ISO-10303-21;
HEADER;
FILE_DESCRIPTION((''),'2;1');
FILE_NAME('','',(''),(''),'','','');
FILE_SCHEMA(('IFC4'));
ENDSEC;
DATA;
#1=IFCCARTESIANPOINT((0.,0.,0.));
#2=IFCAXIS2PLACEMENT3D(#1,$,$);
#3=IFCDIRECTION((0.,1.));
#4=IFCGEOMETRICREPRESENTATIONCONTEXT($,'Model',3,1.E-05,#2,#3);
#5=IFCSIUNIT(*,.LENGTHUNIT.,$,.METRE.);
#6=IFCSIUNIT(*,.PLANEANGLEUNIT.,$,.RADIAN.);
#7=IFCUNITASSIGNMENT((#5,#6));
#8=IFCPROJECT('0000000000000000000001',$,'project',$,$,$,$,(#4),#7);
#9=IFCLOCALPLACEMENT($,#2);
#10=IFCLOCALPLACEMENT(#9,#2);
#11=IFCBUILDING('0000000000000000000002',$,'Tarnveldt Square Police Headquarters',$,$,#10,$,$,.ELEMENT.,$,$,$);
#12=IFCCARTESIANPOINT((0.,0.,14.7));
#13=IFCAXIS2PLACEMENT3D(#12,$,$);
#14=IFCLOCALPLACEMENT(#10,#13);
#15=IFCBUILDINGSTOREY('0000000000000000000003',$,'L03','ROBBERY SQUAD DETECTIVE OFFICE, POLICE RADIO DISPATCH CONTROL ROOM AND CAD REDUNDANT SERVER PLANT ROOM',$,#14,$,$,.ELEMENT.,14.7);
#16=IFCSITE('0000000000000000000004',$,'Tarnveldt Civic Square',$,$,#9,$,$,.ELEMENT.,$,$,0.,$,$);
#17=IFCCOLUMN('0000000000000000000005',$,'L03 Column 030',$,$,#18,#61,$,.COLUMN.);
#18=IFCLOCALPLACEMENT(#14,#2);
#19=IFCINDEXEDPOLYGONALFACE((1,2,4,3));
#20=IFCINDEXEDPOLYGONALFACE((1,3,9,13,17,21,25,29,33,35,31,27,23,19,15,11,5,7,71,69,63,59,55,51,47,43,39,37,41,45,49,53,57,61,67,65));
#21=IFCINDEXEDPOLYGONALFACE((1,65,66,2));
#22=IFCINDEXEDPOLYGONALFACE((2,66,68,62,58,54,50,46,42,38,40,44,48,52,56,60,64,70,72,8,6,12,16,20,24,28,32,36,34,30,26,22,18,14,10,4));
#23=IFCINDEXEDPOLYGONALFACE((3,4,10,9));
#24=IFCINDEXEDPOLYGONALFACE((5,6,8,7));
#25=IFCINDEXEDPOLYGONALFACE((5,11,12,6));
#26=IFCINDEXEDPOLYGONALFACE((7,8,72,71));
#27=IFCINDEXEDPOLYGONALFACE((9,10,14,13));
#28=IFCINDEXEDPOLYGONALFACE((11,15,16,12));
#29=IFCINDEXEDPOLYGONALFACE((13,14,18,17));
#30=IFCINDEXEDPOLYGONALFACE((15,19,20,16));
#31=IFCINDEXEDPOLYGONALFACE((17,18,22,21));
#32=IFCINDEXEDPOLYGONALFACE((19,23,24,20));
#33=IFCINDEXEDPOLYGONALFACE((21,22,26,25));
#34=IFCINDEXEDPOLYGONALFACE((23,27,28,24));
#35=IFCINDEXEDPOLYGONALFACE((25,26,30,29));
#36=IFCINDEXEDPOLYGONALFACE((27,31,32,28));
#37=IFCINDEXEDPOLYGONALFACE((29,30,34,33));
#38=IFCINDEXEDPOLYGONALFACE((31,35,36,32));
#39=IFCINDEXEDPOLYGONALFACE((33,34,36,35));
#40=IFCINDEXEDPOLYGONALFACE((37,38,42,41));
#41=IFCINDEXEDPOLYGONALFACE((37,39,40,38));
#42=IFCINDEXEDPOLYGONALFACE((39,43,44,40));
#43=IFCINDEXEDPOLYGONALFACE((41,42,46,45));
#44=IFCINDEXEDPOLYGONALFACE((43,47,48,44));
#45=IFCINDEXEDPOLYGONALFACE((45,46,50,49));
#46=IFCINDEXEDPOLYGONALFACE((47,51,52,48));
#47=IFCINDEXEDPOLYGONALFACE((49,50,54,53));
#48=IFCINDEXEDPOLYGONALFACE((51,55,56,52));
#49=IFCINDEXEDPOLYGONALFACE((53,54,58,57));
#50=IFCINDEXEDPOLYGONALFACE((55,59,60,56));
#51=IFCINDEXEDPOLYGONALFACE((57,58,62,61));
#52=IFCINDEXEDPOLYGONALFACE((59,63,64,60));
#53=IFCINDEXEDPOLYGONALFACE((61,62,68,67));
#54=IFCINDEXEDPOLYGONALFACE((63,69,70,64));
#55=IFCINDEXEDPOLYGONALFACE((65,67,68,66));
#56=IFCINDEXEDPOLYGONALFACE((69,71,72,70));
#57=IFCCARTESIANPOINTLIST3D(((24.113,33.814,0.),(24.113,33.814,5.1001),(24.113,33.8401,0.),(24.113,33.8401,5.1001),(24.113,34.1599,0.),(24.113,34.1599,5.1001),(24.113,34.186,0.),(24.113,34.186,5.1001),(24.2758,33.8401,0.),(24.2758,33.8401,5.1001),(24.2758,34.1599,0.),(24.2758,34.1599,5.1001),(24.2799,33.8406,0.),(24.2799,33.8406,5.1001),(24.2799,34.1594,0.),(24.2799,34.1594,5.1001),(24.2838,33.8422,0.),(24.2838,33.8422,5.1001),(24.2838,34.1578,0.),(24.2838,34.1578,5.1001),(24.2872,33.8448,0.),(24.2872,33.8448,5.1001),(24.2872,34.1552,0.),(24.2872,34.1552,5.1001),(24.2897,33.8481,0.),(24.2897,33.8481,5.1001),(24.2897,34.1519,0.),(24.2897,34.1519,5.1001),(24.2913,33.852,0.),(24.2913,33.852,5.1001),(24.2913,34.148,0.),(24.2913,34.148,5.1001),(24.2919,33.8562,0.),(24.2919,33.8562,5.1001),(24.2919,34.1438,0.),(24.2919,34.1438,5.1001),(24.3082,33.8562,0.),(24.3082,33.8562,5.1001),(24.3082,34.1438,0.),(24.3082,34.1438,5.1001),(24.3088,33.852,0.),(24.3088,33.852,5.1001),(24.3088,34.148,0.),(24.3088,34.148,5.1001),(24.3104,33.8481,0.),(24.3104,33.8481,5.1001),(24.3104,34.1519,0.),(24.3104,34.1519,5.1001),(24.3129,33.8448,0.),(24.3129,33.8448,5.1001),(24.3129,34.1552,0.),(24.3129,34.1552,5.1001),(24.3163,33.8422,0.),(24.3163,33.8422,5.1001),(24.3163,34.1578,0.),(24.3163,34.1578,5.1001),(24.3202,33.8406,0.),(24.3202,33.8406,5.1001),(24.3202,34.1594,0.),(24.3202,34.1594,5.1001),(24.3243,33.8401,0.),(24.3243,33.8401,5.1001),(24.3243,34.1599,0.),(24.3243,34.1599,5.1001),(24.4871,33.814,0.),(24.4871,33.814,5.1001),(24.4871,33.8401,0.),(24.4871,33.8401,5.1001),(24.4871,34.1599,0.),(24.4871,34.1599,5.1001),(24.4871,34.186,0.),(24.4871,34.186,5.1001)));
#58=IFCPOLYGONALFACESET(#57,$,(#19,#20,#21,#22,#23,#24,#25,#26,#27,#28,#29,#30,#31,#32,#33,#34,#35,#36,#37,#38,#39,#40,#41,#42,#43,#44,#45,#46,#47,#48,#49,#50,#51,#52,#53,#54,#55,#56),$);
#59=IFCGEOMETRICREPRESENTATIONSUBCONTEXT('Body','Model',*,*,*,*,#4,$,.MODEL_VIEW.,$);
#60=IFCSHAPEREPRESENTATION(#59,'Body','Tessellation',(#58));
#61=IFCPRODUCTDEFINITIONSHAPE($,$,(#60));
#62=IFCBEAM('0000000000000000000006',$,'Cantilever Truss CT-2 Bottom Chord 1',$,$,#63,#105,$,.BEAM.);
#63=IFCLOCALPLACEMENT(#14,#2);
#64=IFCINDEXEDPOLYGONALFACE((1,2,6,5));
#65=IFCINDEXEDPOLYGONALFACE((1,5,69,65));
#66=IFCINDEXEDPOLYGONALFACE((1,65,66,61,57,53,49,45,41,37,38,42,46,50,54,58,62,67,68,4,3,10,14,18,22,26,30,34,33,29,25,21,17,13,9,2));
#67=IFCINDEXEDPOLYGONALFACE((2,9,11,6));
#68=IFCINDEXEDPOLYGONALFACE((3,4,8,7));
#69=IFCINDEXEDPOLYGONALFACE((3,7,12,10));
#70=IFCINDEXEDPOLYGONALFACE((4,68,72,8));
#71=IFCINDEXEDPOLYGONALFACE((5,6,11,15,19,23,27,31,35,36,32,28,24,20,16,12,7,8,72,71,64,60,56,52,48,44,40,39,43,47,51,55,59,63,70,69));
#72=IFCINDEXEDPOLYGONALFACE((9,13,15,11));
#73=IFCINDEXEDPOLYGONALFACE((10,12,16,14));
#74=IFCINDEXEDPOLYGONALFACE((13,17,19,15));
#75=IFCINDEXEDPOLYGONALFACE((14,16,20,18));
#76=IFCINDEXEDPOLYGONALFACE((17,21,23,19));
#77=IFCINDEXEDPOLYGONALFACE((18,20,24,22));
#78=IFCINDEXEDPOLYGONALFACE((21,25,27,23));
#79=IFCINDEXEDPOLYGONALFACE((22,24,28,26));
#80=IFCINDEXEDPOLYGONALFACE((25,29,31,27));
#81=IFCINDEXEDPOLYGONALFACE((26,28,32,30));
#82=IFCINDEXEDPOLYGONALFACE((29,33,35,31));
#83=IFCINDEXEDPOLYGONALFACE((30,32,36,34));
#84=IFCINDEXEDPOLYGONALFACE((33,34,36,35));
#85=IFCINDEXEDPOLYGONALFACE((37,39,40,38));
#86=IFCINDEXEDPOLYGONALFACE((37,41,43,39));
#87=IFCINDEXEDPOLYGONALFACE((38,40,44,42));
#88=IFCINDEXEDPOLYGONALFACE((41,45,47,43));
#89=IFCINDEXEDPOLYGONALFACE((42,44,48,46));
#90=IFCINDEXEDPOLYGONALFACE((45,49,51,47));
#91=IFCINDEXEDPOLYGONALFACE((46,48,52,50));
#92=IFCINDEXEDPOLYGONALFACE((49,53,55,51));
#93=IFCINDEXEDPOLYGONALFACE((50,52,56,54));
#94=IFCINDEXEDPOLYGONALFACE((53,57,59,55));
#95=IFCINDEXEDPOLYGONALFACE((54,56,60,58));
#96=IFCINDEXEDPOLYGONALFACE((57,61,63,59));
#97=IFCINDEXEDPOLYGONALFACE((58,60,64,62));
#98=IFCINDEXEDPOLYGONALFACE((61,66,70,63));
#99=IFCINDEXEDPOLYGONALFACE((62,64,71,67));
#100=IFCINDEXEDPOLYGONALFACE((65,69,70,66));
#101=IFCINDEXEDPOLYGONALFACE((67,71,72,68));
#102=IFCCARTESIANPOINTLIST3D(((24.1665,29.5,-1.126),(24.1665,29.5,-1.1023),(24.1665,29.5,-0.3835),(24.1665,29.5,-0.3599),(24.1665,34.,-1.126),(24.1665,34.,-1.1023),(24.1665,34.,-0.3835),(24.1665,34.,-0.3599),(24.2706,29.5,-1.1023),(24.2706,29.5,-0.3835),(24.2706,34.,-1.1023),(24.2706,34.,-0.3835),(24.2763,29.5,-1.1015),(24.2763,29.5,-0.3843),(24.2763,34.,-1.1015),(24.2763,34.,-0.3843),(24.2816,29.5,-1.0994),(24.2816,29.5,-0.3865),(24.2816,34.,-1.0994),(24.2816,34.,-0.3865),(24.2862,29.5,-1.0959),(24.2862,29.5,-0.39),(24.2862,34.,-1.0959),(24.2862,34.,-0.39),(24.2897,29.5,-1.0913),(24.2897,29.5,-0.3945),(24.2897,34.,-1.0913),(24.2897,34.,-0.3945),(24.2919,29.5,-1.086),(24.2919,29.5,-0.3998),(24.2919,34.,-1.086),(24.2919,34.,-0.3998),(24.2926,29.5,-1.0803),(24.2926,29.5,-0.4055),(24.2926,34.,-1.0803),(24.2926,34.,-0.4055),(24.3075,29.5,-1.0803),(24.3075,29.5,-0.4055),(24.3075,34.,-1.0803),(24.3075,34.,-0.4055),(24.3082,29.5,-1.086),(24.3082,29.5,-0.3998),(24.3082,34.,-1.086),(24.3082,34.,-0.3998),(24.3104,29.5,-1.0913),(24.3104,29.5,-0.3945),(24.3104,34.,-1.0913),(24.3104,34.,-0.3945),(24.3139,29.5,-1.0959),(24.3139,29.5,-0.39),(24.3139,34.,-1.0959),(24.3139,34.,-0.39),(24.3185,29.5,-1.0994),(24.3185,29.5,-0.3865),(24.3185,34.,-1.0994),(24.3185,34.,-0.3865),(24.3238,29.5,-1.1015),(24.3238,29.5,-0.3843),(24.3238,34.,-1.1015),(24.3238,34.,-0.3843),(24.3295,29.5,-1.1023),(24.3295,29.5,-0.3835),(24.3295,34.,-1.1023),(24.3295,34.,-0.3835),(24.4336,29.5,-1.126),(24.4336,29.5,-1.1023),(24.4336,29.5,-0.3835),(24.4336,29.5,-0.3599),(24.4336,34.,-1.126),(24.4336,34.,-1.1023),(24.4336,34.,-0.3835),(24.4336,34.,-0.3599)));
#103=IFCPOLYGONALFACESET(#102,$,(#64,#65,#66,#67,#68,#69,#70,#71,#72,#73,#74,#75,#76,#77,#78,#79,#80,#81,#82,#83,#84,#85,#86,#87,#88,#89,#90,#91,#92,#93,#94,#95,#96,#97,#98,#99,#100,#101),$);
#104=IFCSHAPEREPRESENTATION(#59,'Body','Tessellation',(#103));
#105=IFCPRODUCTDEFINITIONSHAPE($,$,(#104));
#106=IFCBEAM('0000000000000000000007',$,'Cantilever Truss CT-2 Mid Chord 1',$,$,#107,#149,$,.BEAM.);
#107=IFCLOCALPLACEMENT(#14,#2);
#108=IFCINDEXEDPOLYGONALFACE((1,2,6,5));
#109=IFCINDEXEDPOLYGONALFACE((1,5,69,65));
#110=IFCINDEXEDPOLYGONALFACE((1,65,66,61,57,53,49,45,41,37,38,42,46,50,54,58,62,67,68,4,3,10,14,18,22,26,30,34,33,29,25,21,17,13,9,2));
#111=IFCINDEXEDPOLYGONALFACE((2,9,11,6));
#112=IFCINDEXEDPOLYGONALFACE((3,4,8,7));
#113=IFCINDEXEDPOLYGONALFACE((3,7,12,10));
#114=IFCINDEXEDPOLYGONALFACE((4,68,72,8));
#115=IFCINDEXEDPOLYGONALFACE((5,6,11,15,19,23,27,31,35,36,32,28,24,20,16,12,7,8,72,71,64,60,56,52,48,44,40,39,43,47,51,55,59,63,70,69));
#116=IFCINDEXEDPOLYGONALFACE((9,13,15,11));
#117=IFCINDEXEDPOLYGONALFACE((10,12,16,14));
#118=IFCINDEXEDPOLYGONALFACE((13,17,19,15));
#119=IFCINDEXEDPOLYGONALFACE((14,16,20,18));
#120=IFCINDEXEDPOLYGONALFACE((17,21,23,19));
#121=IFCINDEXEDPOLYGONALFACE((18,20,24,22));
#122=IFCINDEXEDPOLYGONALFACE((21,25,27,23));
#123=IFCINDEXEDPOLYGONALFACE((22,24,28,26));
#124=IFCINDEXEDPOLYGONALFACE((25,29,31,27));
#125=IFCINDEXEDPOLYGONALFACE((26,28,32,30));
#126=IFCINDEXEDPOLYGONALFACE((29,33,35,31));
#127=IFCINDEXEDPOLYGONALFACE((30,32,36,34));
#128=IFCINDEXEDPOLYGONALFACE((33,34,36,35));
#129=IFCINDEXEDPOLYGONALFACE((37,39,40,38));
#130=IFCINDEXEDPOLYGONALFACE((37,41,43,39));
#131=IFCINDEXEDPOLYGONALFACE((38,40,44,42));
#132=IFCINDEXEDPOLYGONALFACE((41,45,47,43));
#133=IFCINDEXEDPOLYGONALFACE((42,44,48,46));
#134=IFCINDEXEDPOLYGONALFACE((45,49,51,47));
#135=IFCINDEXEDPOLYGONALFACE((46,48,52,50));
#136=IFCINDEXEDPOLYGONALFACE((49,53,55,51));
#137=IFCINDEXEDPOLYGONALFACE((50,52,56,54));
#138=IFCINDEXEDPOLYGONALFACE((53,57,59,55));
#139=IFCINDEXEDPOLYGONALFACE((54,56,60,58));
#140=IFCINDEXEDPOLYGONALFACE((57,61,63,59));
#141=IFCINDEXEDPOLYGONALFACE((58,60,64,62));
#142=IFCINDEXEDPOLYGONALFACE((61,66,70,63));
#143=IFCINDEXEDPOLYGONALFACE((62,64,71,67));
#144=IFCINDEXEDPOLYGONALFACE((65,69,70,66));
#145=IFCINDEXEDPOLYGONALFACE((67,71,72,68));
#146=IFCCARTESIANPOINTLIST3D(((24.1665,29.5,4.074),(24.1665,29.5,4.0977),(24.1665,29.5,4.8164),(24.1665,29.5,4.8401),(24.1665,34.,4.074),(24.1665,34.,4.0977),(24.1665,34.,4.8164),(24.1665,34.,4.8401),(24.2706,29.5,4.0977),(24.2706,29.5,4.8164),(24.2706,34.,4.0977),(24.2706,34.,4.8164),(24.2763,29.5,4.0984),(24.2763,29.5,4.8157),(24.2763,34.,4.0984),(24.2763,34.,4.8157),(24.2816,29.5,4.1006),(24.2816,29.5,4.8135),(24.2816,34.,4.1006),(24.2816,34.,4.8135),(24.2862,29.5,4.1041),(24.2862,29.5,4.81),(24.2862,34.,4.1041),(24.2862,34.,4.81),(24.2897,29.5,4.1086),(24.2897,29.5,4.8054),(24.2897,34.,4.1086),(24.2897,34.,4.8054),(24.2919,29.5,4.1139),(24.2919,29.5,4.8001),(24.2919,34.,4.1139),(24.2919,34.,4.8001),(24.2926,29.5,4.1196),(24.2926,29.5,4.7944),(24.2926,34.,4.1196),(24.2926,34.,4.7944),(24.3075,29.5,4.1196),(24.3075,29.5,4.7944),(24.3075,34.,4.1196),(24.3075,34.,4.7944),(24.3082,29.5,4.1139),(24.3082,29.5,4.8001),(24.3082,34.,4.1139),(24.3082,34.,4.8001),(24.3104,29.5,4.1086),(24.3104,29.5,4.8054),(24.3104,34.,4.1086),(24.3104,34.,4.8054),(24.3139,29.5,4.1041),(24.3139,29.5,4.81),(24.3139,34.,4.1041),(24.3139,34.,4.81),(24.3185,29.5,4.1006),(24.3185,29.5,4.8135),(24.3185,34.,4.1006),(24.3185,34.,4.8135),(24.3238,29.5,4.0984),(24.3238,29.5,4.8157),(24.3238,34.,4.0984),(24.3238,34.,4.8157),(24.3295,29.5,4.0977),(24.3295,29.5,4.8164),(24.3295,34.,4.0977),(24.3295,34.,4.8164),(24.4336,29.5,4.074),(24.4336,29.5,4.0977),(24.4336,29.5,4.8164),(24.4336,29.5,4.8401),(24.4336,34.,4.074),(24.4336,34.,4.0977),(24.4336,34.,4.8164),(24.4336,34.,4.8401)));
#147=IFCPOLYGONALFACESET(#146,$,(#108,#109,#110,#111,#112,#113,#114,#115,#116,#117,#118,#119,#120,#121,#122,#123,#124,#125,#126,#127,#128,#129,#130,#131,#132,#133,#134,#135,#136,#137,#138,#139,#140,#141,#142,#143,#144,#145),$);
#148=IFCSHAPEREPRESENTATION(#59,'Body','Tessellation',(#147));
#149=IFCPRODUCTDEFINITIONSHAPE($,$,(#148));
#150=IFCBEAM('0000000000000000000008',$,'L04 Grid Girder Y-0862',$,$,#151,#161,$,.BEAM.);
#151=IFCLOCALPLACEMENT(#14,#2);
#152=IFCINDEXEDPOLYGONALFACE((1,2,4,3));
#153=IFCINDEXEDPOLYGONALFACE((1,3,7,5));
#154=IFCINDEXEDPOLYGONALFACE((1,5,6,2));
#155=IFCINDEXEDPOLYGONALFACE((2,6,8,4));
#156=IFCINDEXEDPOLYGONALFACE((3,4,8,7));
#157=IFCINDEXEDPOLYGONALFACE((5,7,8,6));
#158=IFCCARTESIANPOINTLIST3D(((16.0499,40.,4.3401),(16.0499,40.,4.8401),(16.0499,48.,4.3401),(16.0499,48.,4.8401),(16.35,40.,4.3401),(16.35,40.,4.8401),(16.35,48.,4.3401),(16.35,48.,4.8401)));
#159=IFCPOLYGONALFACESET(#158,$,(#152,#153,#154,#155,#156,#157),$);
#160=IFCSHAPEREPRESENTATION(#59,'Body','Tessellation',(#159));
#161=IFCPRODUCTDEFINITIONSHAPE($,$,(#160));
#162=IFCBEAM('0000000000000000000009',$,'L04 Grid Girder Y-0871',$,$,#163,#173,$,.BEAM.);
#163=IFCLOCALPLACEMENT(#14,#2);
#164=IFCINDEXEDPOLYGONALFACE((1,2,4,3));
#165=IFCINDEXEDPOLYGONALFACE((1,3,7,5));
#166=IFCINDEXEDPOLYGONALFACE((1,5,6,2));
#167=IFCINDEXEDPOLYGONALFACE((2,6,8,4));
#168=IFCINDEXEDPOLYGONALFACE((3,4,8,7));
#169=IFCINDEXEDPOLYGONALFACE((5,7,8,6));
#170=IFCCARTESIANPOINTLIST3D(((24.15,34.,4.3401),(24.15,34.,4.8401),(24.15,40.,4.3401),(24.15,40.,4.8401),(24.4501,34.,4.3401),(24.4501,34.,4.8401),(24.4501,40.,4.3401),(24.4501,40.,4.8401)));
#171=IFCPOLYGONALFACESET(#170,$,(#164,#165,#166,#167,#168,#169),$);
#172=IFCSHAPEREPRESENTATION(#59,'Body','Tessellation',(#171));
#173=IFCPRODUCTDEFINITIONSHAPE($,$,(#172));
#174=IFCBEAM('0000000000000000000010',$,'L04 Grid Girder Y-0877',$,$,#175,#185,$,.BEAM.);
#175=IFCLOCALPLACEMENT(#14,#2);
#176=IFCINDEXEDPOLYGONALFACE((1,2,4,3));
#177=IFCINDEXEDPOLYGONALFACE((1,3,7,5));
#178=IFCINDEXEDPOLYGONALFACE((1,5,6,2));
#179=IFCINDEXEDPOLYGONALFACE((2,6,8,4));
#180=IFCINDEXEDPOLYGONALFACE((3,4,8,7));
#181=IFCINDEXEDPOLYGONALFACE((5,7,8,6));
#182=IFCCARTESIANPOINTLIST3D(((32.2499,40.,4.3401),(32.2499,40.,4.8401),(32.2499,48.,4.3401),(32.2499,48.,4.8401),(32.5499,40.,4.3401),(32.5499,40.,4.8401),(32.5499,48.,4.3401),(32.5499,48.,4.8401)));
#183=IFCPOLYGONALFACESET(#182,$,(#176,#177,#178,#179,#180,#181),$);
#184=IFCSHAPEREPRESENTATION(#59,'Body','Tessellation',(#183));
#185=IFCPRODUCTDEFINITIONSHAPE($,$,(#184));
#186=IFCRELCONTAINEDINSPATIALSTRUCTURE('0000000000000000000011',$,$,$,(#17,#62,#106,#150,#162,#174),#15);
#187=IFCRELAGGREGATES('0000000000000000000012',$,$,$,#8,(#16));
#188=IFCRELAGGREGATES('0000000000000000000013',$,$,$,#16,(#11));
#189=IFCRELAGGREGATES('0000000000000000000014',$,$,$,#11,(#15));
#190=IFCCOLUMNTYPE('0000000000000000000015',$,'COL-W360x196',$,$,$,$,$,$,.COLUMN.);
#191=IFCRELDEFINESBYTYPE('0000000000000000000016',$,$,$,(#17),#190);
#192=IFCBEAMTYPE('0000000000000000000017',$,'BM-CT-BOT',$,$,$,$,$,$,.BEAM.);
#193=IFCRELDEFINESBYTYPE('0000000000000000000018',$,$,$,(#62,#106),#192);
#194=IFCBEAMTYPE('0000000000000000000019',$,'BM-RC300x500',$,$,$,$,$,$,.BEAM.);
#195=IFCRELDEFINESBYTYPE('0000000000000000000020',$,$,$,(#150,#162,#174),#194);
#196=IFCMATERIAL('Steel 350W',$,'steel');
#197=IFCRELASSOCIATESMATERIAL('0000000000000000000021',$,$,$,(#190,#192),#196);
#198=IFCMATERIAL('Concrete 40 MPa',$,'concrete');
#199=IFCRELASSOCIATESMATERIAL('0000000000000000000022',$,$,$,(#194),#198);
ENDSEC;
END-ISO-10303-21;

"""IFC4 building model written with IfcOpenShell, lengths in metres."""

from ifc_helpers import new_model, si_unit, direction, frame, origin, origin_2d, place, context, subcontext, project, spatial, rectangle, i_section, extrude, material, material_profile, profile_set, type_object, element, save


model = new_model("IFC4")

# Units and contexts
model_context = context("Model", 3, precision=1e-05, world=origin(), true_north=direction((0.0, 1.0)))
body_context = subcontext(model_context, "Body", "Model", "MODEL_VIEW")
ifc_project = project(units=[si_unit("LENGTHUNIT", "METRE"), si_unit("PLANEANGLEUNIT", "RADIAN")], contexts=[model_context])

# Site, building, storey
site_placement = place(None, origin())
site = spatial("IfcSite", under=ifc_project, at=site_placement, Name="Tarnveldt Civic Square", CompositionType="ELEMENT", RefElevation=0.0)
building_placement = place(site_placement, origin())
building = spatial("IfcBuilding", under=site, at=building_placement, Name="Tarnveldt Square Police Headquarters", CompositionType="ELEMENT")
storey_placement = place(building_placement, frame((0.0, 0.0, 14.7)))
storey = spatial("IfcBuildingStorey", under=building, at=storey_placement, Name="L03", Description="ROBBERY SQUAD DETECTIVE OFFICE, POLICE RADIO DISPATCH CONTROL ROOM AND CAD REDUNDANT SERVER PLANT ROOM", CompositionType="ELEMENT", Elevation=14.7)

# Column
ifc_material_1 = material(Name="Concrete 40 MPa", Category="concrete")
ifc_material_2 = material(Name="Steel 350W", Category="steel")
ifc_material_profile_1 = material_profile(ifc_material_2, i_section(OverallWidth=0.374, OverallDepth=0.3721, WebThickness=0.0164, FlangeThickness=0.0261, FilletRadius=0.0161, at=origin_2d()), Name="W360x196")
ifc_profile_set_1 = profile_set([ifc_material_profile_1], Name="Steel 350W")
column_type_1 = type_object("IfcColumnType", Name="COL-W360x196", PredefinedType="COLUMN", material=ifc_profile_set_1)
column_1_placement = place(storey_placement, frame((24.3, 34.0, 0.0), z_axis=(0.0, 0.0, 1.0), x_axis=(1.0, 0.0, 0.0)))
element("IfcColumn", 1, at=column_1_placement, inside=storey, type_object=column_type_1, Name="L03 Column 030", PredefinedType="COLUMN", context=body_context, shape_type="SweptSolid", body=[
    extrude(i_section(OverallWidth=0.374, OverallDepth=0.3721, WebThickness=0.0164, FlangeThickness=0.0261, FilletRadius=0.0161, at=origin_2d()), origin(), (0.0, 0.0, 1.0), 5.1001),
])

# Beams
ifc_material_profile_2 = material_profile(ifc_material_2, i_section(OverallWidth=0.2671, OverallDepth=0.7661, WebThickness=0.0149, FlangeThickness=0.0237, FilletRadius=0.022, at=origin_2d()), Name="W760x185")
ifc_profile_set_2 = profile_set([ifc_material_profile_2], Name="Steel 350W")
beam_type_1 = type_object("IfcBeamType", Name="BM-CT-BOT", PredefinedType="BEAM", material=ifc_profile_set_2)
for number, where, z_axis, x_axis, name in (
    (2, (24.3, 34.0, -0.7429), (0.0, -1.0, 0.0), (1.0, 0.0, 0.0), "Cantilever Truss CT-2 Bottom Chord 1"),
    (3, (24.3, 34.0, 4.457), (0.0, -1.0, 0.0), (1.0, 0.0, 0.0), "Cantilever Truss CT-2 Mid Chord 1"),
):
    element("IfcBeam", number, at=place(storey_placement, frame(where, z_axis=z_axis, x_axis=x_axis)), inside=storey, type_object=beam_type_1, Name=name, PredefinedType="BEAM", context=body_context, shape_type="SweptSolid", body=[
        extrude(i_section(OverallWidth=0.2671, OverallDepth=0.7661, WebThickness=0.0149, FlangeThickness=0.0237, FilletRadius=0.022, at=origin_2d()), origin(), (0.0, 0.0, 1.0), 4.5),
    ])
ifc_material_profile_3 = material_profile(ifc_material_1, rectangle(XDim=0.3, YDim=0.5, at=origin_2d()), Name="RC-B300x500")
ifc_profile_set_3 = profile_set([ifc_material_profile_3], Name="Concrete 40 MPa")
beam_type_2 = type_object("IfcBeamType", Name="BM-RC300x500", PredefinedType="BEAM", material=ifc_profile_set_3)
beam_1_placement = place(storey_placement, frame((16.2, 40.0, 4.5901), z_axis=(0.0, 1.0, 0.0), x_axis=(-1.0, 0.0, 0.0)))
element("IfcBeam", 4, at=beam_1_placement, inside=storey, type_object=beam_type_2, Name="L04 Grid Girder Y-0862", PredefinedType="BEAM", context=body_context, shape_type="SweptSolid", body=[
    extrude(rectangle(XDim=0.3, YDim=0.5, at=origin_2d()), origin(), (0.0, 0.0, 1.0), 8.0),
])
beam_2_placement = place(storey_placement, frame((24.3, 34.0, 4.5901), z_axis=(0.0, 1.0, 0.0), x_axis=(-1.0, 0.0, 0.0)))
element("IfcBeam", 5, at=beam_2_placement, inside=storey, type_object=beam_type_2, Name="L04 Grid Girder Y-0871", PredefinedType="BEAM", context=body_context, shape_type="SweptSolid", body=[
    extrude(rectangle(XDim=0.3, YDim=0.5, at=origin_2d()), origin(), (0.0, 0.0, 1.0), 6.0),
])
beam_3_placement = place(storey_placement, frame((32.3999, 40.0, 4.5901), z_axis=(0.0, 1.0, 0.0), x_axis=(-1.0, 0.0, 0.0)))
element("IfcBeam", 6, at=beam_3_placement, inside=storey, type_object=beam_type_2, Name="L04 Grid Girder Y-0877", PredefinedType="BEAM", context=body_context, shape_type="SweptSolid", body=[
    extrude(rectangle(XDim=0.3, YDim=0.5, at=origin_2d()), origin(), (0.0, 0.0, 1.0), 8.0),
])

save(model, "model.ifc")
